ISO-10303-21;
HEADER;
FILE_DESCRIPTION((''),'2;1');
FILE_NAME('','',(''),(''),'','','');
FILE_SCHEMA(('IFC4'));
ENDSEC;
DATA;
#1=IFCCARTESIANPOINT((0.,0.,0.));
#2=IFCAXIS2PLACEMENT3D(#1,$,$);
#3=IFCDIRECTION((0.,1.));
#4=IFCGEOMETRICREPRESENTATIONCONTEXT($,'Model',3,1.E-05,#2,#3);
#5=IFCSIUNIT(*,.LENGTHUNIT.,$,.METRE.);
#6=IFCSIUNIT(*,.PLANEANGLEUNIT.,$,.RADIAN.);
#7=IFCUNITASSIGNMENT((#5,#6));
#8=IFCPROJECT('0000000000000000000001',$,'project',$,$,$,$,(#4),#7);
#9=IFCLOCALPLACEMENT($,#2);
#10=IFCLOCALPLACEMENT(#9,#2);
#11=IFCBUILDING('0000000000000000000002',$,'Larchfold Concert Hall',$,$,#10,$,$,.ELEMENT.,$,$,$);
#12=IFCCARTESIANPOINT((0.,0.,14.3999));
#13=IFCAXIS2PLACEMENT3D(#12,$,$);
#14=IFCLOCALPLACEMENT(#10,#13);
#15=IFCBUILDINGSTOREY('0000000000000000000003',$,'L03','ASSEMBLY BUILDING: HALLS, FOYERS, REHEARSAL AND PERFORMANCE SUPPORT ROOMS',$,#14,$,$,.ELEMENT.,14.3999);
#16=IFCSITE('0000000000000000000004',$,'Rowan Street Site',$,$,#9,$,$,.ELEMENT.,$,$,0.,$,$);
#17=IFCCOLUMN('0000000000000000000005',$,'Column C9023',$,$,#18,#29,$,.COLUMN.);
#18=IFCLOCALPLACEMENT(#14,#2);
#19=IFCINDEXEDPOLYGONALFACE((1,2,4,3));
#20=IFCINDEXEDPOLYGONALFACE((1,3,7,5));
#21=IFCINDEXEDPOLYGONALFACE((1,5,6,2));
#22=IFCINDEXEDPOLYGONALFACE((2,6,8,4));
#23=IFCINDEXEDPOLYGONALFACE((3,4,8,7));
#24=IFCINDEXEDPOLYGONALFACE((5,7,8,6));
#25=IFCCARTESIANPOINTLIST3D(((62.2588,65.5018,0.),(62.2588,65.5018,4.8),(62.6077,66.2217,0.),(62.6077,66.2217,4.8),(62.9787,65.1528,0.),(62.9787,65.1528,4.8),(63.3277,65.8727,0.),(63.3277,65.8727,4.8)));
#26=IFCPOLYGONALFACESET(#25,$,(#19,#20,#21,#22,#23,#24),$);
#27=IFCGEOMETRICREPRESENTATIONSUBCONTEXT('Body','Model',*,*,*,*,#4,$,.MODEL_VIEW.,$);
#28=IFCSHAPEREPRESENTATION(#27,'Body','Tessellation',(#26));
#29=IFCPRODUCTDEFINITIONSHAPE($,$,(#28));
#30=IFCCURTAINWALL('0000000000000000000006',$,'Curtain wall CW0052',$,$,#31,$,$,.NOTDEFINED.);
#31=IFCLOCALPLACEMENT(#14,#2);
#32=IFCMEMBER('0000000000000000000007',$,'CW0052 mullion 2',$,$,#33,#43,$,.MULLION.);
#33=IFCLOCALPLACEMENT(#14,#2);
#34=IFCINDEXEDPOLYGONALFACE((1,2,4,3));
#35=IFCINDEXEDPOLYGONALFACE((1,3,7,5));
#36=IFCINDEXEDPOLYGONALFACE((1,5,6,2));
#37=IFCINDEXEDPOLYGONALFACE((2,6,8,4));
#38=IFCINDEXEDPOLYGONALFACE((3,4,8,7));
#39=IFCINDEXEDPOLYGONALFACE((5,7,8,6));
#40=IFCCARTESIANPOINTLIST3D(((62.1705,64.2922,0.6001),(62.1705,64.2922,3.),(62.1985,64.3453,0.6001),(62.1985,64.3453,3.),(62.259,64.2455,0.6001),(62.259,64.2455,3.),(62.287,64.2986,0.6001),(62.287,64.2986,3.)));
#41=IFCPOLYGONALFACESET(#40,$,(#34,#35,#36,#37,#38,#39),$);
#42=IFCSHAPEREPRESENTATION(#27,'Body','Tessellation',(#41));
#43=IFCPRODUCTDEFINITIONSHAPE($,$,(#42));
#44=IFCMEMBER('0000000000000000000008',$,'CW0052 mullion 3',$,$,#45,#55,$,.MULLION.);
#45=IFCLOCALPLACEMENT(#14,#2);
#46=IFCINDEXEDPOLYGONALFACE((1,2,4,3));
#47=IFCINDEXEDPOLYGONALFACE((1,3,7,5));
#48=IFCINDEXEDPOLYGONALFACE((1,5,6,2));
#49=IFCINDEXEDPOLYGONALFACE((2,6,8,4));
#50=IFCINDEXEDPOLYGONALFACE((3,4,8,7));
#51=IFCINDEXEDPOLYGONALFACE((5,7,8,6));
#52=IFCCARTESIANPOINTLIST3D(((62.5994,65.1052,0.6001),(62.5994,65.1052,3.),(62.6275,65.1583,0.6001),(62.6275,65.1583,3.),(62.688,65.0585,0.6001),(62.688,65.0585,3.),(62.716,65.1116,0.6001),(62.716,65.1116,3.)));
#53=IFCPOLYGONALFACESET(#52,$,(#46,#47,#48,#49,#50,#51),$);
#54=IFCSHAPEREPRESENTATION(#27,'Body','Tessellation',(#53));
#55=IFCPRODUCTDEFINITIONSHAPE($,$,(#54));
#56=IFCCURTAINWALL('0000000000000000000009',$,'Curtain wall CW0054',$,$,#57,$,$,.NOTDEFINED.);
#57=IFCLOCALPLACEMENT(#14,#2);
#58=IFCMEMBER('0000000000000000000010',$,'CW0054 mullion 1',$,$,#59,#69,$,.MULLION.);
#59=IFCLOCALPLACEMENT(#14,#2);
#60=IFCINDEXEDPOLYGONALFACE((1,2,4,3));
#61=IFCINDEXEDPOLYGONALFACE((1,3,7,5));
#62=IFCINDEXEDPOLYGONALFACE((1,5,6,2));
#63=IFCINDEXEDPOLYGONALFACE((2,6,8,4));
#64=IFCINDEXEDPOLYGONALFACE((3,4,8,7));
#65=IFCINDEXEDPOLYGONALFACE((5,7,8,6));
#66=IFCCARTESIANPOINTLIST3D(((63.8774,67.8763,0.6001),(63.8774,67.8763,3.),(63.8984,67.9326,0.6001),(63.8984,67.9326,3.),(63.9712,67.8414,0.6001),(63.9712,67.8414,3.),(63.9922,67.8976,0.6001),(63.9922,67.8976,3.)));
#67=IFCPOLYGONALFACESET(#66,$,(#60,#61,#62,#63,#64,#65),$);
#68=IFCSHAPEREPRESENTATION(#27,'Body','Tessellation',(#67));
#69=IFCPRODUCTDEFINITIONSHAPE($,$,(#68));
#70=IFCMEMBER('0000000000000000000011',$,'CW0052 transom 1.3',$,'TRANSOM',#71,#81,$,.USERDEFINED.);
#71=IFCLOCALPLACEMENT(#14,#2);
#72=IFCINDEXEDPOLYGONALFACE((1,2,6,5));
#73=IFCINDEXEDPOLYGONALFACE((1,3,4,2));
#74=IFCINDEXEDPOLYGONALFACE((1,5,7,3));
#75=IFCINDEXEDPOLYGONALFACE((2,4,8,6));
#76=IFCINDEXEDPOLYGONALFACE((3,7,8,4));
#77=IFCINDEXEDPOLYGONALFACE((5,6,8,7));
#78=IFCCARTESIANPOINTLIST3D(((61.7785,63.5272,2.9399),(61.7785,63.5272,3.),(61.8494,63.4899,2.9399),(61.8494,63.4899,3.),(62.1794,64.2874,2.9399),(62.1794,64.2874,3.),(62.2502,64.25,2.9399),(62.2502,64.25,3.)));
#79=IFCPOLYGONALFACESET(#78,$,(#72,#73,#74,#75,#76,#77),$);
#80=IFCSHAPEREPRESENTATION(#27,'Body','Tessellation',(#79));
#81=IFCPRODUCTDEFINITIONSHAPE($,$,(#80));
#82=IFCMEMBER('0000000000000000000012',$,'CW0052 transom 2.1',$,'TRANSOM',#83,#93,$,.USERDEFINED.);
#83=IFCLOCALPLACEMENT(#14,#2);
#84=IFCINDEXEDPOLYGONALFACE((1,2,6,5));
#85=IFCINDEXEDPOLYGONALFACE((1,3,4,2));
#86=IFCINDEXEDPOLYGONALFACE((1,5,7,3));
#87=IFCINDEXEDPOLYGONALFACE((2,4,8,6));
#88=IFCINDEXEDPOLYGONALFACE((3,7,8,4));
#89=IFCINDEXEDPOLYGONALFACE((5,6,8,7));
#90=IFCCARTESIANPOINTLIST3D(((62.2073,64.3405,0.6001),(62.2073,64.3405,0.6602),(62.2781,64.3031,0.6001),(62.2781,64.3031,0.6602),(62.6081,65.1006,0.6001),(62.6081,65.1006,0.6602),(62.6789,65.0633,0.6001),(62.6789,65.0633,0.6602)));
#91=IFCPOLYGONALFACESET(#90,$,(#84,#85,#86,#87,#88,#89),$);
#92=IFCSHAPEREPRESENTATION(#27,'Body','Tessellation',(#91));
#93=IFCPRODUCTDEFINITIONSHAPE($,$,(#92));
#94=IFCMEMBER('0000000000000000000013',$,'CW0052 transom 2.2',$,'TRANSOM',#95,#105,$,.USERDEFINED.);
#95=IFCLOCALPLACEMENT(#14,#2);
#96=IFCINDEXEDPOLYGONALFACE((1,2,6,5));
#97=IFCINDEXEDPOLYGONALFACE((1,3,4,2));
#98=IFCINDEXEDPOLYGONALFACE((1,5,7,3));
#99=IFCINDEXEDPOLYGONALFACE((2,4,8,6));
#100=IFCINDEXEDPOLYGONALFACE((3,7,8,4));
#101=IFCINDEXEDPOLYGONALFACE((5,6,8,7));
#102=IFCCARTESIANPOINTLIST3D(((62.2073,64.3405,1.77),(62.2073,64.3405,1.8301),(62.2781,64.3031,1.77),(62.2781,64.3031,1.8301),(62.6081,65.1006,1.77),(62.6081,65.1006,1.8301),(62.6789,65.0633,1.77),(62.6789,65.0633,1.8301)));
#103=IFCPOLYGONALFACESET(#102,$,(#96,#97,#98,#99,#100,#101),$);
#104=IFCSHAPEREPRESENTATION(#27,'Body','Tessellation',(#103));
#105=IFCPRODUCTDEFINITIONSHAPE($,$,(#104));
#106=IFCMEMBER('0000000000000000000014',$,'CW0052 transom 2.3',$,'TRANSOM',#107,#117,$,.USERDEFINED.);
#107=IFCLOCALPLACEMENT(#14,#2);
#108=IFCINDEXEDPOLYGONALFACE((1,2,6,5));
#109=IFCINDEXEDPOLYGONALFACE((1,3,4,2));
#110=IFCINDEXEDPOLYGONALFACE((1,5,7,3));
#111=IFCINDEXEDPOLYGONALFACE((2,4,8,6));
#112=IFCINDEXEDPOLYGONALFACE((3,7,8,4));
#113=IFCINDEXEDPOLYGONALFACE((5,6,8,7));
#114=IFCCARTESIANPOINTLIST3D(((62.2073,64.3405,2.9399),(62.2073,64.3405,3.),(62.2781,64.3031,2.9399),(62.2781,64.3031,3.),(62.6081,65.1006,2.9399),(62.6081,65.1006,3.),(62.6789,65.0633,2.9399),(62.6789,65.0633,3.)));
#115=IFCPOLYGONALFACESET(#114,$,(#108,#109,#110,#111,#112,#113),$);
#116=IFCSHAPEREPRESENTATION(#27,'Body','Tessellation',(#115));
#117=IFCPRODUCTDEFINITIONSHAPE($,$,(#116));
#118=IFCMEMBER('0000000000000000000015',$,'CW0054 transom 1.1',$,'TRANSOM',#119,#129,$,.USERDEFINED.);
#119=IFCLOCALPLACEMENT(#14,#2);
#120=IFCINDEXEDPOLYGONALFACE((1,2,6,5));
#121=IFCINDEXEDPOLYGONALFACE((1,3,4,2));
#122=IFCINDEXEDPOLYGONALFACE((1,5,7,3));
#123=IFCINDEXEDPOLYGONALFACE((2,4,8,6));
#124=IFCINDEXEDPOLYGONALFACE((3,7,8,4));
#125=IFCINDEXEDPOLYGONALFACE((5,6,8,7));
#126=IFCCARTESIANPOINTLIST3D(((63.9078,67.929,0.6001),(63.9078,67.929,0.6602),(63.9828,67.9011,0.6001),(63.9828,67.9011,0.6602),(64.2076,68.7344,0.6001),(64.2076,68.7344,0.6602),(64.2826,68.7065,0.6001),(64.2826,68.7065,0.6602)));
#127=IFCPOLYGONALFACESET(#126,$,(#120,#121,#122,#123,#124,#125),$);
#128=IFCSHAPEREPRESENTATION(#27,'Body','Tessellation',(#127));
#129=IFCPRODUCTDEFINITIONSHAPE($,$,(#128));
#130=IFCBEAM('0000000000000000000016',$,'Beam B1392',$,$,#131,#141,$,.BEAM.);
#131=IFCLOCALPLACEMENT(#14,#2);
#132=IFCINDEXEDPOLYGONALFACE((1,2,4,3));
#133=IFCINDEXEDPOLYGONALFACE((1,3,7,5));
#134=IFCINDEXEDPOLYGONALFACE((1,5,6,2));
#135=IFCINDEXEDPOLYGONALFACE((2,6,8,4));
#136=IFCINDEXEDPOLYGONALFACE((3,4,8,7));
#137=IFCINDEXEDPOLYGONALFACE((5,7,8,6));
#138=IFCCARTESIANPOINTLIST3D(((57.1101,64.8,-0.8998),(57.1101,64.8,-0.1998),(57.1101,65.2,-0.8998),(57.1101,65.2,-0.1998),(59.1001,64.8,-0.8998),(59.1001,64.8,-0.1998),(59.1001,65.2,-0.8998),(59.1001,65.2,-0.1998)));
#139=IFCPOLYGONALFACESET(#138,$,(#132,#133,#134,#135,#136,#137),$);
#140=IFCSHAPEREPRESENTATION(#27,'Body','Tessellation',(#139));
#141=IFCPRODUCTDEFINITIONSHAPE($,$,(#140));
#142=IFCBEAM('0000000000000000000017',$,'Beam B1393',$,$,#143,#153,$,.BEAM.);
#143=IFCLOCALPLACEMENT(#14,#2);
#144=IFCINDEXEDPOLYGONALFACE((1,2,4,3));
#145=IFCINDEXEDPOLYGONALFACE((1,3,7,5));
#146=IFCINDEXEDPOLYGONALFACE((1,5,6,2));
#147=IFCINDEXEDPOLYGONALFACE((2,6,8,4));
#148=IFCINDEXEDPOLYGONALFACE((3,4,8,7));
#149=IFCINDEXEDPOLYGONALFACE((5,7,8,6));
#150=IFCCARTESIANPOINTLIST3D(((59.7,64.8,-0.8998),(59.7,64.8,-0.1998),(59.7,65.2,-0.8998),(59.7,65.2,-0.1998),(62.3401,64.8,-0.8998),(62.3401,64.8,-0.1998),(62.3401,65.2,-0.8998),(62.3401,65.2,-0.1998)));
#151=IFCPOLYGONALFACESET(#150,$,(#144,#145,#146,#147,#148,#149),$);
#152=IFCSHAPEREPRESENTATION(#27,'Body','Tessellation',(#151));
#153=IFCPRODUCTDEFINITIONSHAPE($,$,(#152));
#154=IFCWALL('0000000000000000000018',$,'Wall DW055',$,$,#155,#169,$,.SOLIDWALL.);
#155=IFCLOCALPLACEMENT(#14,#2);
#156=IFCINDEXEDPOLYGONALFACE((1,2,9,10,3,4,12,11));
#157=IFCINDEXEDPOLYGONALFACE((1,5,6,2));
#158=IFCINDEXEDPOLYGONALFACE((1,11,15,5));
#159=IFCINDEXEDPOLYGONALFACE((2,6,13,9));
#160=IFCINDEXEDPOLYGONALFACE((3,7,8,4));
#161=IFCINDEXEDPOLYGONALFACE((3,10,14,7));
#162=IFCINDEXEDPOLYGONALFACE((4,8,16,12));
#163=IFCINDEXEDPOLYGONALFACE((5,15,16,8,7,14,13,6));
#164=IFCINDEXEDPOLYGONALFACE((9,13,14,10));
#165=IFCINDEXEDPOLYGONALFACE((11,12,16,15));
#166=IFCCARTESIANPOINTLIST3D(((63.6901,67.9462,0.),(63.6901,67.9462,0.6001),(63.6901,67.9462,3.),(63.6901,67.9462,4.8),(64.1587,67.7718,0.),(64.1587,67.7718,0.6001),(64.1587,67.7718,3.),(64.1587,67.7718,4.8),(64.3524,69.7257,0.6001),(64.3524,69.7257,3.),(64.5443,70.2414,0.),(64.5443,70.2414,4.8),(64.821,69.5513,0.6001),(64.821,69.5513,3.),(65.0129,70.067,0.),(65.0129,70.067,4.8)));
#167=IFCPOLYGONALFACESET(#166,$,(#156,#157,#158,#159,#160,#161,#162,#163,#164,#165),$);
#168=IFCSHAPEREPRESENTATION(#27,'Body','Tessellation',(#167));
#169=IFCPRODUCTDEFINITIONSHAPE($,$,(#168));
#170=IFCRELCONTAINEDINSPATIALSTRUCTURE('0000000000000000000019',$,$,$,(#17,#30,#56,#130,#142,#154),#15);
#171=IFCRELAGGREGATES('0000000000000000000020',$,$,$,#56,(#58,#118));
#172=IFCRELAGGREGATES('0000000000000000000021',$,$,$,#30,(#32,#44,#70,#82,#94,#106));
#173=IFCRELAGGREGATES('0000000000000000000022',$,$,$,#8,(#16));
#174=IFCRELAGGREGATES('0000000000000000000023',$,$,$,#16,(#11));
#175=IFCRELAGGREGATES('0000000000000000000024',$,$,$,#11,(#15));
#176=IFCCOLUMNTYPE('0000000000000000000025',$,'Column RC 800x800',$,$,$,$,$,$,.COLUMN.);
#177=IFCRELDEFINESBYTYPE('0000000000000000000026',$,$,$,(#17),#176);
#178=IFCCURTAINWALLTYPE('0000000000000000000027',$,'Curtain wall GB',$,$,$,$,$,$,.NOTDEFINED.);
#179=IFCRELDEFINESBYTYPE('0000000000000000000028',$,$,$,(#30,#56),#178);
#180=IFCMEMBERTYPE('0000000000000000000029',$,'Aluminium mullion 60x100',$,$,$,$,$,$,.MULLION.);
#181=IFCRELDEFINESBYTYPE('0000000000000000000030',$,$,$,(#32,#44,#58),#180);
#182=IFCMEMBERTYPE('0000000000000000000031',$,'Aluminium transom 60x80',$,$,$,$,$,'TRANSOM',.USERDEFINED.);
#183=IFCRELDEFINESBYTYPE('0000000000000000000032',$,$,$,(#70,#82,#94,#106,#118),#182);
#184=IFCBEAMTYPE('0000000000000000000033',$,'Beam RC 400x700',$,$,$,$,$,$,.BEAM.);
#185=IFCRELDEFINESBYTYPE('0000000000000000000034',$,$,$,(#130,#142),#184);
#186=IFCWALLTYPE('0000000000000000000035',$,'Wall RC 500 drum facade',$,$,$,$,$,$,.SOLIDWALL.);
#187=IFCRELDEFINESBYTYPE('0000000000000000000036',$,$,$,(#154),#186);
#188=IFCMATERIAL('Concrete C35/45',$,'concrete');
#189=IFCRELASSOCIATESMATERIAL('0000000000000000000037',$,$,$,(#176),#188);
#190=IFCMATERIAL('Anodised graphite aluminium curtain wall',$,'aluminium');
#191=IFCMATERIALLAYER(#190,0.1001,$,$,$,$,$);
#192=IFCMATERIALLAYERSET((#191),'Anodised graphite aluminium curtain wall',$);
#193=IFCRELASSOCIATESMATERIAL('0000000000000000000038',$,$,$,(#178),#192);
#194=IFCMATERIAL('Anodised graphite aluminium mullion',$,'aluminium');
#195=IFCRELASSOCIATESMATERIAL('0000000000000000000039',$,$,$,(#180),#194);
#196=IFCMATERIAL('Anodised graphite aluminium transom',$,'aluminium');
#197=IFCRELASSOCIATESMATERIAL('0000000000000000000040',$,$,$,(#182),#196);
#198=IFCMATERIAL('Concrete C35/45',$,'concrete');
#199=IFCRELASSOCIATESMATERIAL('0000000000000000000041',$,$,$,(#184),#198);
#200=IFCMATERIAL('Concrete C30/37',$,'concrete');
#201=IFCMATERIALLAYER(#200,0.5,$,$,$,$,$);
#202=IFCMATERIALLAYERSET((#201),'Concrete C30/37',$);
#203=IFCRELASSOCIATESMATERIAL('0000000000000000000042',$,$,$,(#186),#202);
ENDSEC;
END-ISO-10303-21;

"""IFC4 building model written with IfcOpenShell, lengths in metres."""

from ifc_helpers import new_model, si_unit, direction, frame, frame_2d, origin, origin_2d, place, context, subcontext, project, spatial, rectangle, extrude, material, layer, layer_set, material_profile, profile_set, type_object, element, fill, aggregate, save


model = new_model("IFC4")

# Units and contexts
model_context = context("Model", 3, precision=1e-05, world=origin(), true_north=direction((0.0, 1.0)))
body_context = subcontext(model_context, "Body", "Model", "MODEL_VIEW")
ifc_project = project(units=[si_unit("LENGTHUNIT", "METRE"), si_unit("PLANEANGLEUNIT", "RADIAN")], contexts=[model_context])

# Site, building, storey
site_placement = place(None, origin())
site = spatial("IfcSite", under=ifc_project, at=site_placement, Name="Rowan Street Site", CompositionType="ELEMENT", RefElevation=0.0)
building_placement = place(site_placement, origin())
building = spatial("IfcBuilding", under=site, at=building_placement, Name="Larchfold Concert Hall", CompositionType="ELEMENT")
storey_placement = place(building_placement, frame((0.0, 0.0, 14.3999)))
storey = spatial("IfcBuildingStorey", under=building, at=storey_placement, Name="L03", Description="ASSEMBLY BUILDING: HALLS, FOYERS, REHEARSAL AND PERFORMANCE SUPPORT ROOMS", CompositionType="ELEMENT", Elevation=14.3999)

# Column
ifc_material_1 = material(Name="Concrete C35/45", Category="concrete")
ifc_material_profile_1 = material_profile(ifc_material_1, rectangle(XDim=0.8, YDim=0.8, at=origin_2d()))
ifc_profile_set_1 = profile_set([ifc_material_profile_1], Name="Concrete C35/45")
column_type = type_object("IfcColumnType", Name="Column RC 800x800", PredefinedType="COLUMN", material=ifc_profile_set_1)
column_placement = place(storey_placement, frame((62.7932, 65.6873, 0.0), z_axis=(0.0, 0.0, 1.0), x_axis=(0.436211, 0.899844, 0.0)))
element("IfcColumn", 1, at=column_placement, inside=storey, type_object=column_type, Name="Column C9023", PredefinedType="COLUMN", context=body_context, shape_type="SweptSolid", body=[
    extrude(rectangle(XDim=0.8, YDim=0.8, at=origin_2d()), origin(), (0.0, 0.0, 1.0), 4.8),
])

# Curtain wall, members
ifc_material_2 = material(Name="Anodised graphite aluminium curtain wall", Category="aluminium")
ifc_layer_1 = layer(ifc_material_2, 0.1001)
ifc_layer_set_1 = layer_set([ifc_layer_1], Name="Anodised graphite aluminium curtain wall")
curtain_wall_type = type_object("IfcCurtainWallType", Name="Curtain wall GB", PredefinedType="NOTDEFINED", material=ifc_layer_set_1)
curtain_wall_1_placement = place(storey_placement, origin())
curtain_wall_1 = element("IfcCurtainWall", 2, at=curtain_wall_1_placement, inside=storey, type_object=curtain_wall_type, Name="Curtain wall CW0052", PredefinedType="NOTDEFINED")
ifc_material_3 = material(Name="Anodised graphite aluminium mullion", Category="aluminium")
ifc_material_profile_2 = material_profile(ifc_material_3, rectangle(XDim=0.1001, YDim=0.0601, at=origin_2d()))
ifc_profile_set_2 = profile_set([ifc_material_profile_2], Name="Anodised graphite aluminium mullion")
member_type_1 = type_object("IfcMemberType", Name="Aluminium mullion 60x100", PredefinedType="MULLION", material=ifc_profile_set_2)
member_1_placement = place(storey_placement, frame((62.2288, 64.2954, 0.6001), z_axis=(0.0, 0.0, 1.0), x_axis=(-0.884522, 0.466499, 0.0)))
member_1 = element("IfcMember", 3, at=member_1_placement, type_object=member_type_1, Name="CW0052 mullion 2", PredefinedType="MULLION", context=body_context, shape_type="SweptSolid", body=[
    extrude(rectangle(XDim=0.1001, YDim=0.0601, at=origin_2d()), origin(), (0.0, 0.0, 1.0), 2.3999),
])
member_2_placement = place(storey_placement, frame((62.6577, 65.1084, 0.6001), z_axis=(0.0, 0.0, 1.0), x_axis=(-0.884522, 0.466499, 0.0)))
member_2 = element("IfcMember", 4, at=member_2_placement, type_object=member_type_1, Name="CW0052 mullion 3", PredefinedType="MULLION", context=body_context, shape_type="SweptSolid", body=[
    extrude(rectangle(XDim=0.1001, YDim=0.0601, at=origin_2d()), origin(), (0.0, 0.0, 1.0), 2.3999),
])

# Curtain wall, member
curtain_wall_2_placement = place(storey_placement, origin())
curtain_wall_2 = element("IfcCurtainWall", 5, at=curtain_wall_2_placement, inside=storey, type_object=curtain_wall_type, Name="Curtain wall CW0054", PredefinedType="NOTDEFINED")
member_3_placement = place(storey_placement, frame((63.9348, 67.887, 0.6001), z_axis=(0.0, 0.0, 1.0), x_axis=(-0.937188, 0.348826, 0.0)))
member_3 = element("IfcMember", 6, at=member_3_placement, type_object=member_type_1, Name="CW0054 mullion 1", PredefinedType="MULLION", context=body_context, shape_type="SweptSolid", body=[
    extrude(rectangle(XDim=0.1001, YDim=0.0601, at=origin_2d()), origin(), (0.0, 0.0, 1.0), 2.3999),
])

# Members
ifc_material_4 = material(Name="Anodised graphite aluminium transom", Category="aluminium")
ifc_material_profile_3 = material_profile(ifc_material_4, rectangle(XDim=0.0801, YDim=0.0601, at=origin_2d()))
ifc_profile_set_3 = profile_set([ifc_material_profile_3], Name="Anodised graphite aluminium transom")
member_type_2 = type_object("IfcMemberType", Name="Aluminium transom 60x80", ElementType="TRANSOM", PredefinedType="USERDEFINED", material=ifc_profile_set_3)
member_4_placement = place(storey_placement, frame((61.814, 63.5085, 2.97), z_axis=(0.466425, 0.884561, 0.0), x_axis=(-0.884561, 0.466425, 0.0)))
member_4 = element("IfcMember", 7, at=member_4_placement, type_object=member_type_2, Name="CW0052 transom 1.3", ObjectType="TRANSOM", PredefinedType="USERDEFINED", context=body_context, shape_type="SweptSolid", body=[
    extrude(rectangle(XDim=0.0801, YDim=0.0601, at=origin_2d()), origin(), (0.0, 0.0, 1.0), 0.8594),
])
member_5_placement = place(storey_placement, frame((62.2427, 64.3218, 0.6301), z_axis=(0.466425, 0.884561, 0.0), x_axis=(-0.884561, 0.466425, 0.0)))
member_5 = element("IfcMember", 8, at=member_5_placement, type_object=member_type_2, Name="CW0052 transom 2.1", ObjectType="TRANSOM", PredefinedType="USERDEFINED", context=body_context, shape_type="SweptSolid", body=[
    extrude(rectangle(XDim=0.0801, YDim=0.0601, at=origin_2d()), origin(), (0.0, 0.0, 1.0), 0.8594),
])
member_6_placement = place(storey_placement, frame((62.2427, 64.3218, 1.8), z_axis=(0.466425, 0.884561, 0.0), x_axis=(-0.884561, 0.466425, 0.0)))
member_6 = element("IfcMember", 9, at=member_6_placement, type_object=member_type_2, Name="CW0052 transom 2.2", ObjectType="TRANSOM", PredefinedType="USERDEFINED", context=body_context, shape_type="SweptSolid", body=[
    extrude(rectangle(XDim=0.0801, YDim=0.0601, at=origin_2d()), origin(), (0.0, 0.0, 1.0), 0.8594),
])
member_7_placement = place(storey_placement, frame((62.2427, 64.3218, 2.97), z_axis=(0.466425, 0.884561, 0.0), x_axis=(-0.884561, 0.466425, 0.0)))
member_7 = element("IfcMember", 10, at=member_7_placement, type_object=member_type_2, Name="CW0052 transom 2.3", ObjectType="TRANSOM", PredefinedType="USERDEFINED", context=body_context, shape_type="SweptSolid", body=[
    extrude(rectangle(XDim=0.0801, YDim=0.0601, at=origin_2d()), origin(), (0.0, 0.0, 1.0), 0.8594),
])
member_8_placement = place(storey_placement, frame((63.9453, 67.915, 0.6301), z_axis=(0.34885, 0.937179, 0.0), x_axis=(-0.937179, 0.34885, 0.0)))
member_8 = element("IfcMember", 11, at=member_8_placement, type_object=member_type_2, Name="CW0054 transom 1.1", ObjectType="TRANSOM", PredefinedType="USERDEFINED", context=body_context, shape_type="SweptSolid", body=[
    extrude(rectangle(XDim=0.0801, YDim=0.0601, at=origin_2d()), origin(), (0.0, 0.0, 1.0), 0.8594),
])
aggregate(curtain_wall_2, [member_3, member_8])

# Beams
ifc_material_5 = material(Name="Concrete C35/45", Category="concrete")
ifc_material_profile_4 = material_profile(ifc_material_5, rectangle(XDim=0.3999, YDim=0.7, at=origin_2d()))
ifc_profile_set_4 = profile_set([ifc_material_profile_4], Name="Concrete C35/45")
beam_type_1 = type_object("IfcBeamType", Name="Beam RC 400x700", PredefinedType="BEAM", material=ifc_profile_set_4)
beam_1_placement = place(storey_placement, frame((57.1101, 65.0, -0.5498), z_axis=(1.0, 0.0, 0.0), x_axis=(0.0, 1.0, 0.0)))
element("IfcBeam", 12, at=beam_1_placement, inside=storey, type_object=beam_type_1, Name="Beam B1392", PredefinedType="BEAM", context=body_context, shape_type="SweptSolid", body=[
    extrude(rectangle(XDim=0.3999, YDim=0.7, at=origin_2d()), origin(), (0.0, 0.0, 1.0), 1.99),
])
beam_2_placement = place(storey_placement, frame((59.7, 65.0, -0.5498), z_axis=(1.0, 0.0, 0.0), x_axis=(0.0, 1.0, 0.0)))
element("IfcBeam", 13, at=beam_2_placement, inside=storey, type_object=beam_type_1, Name="Beam B1393", PredefinedType="BEAM", context=body_context, shape_type="SweptSolid", body=[
    extrude(rectangle(XDim=0.3999, YDim=0.7, at=origin_2d()), origin(), (0.0, 0.0, 1.0), 2.6401),
])

aggregate(curtain_wall_1, [member_1, member_2, member_4, member_5, member_6, member_7])

# Wall, opening
ifc_material_6 = material(Name="Concrete C30/37", Category="concrete")
ifc_layer_2 = layer(ifc_material_6, 0.5)
ifc_layer_set_2 = layer_set([ifc_layer_2], Name="Concrete C30/37")
wall_type_1 = type_object("IfcWallType", Name="Wall RC 500 drum facade", PredefinedType="SOLIDWALL", material=ifc_layer_set_2)
wall_1_placement = place(storey_placement, frame((63.9243, 67.8589, 0.0), z_axis=(0.0, 0.0, 1.0), x_axis=(0.348817, 0.937191, 0.0)))
wall_1 = element("IfcWall", 14, at=wall_1_placement, inside=storey, type_object=wall_type_1, Name="Wall DW055", PredefinedType="SOLIDWALL", context=body_context, shape_type="SweptSolid", body=[
    extrude(rectangle(XDim=2.449, YDim=0.5, at=frame_2d((1.2246, 0.0))), origin(), (0.0, 0.0, 1.0), 4.8),
])
opening_1_placement = place(wall_1_placement, frame((0.0, 0.0, 0.6001)))
opening_1 = element("IfcOpeningElement", 15, at=opening_1_placement, cuts=wall_1, PredefinedType="OPENING", context=body_context, shape_type="SweptSolid", body=[
    extrude(rectangle(XDim=1.8989, YDim=2.3999, at=frame_2d((0.9495, 1.2))), frame((0.0, 0.26, 0.0), z_axis=(0.0, -1.0, 0.0), x_axis=(1.0, 0.0, 0.0)), (0.0, 0.0, 1.0), 0.52),
])
fill(opening_1, curtain_wall_2)

save(model, "model.ifc")
